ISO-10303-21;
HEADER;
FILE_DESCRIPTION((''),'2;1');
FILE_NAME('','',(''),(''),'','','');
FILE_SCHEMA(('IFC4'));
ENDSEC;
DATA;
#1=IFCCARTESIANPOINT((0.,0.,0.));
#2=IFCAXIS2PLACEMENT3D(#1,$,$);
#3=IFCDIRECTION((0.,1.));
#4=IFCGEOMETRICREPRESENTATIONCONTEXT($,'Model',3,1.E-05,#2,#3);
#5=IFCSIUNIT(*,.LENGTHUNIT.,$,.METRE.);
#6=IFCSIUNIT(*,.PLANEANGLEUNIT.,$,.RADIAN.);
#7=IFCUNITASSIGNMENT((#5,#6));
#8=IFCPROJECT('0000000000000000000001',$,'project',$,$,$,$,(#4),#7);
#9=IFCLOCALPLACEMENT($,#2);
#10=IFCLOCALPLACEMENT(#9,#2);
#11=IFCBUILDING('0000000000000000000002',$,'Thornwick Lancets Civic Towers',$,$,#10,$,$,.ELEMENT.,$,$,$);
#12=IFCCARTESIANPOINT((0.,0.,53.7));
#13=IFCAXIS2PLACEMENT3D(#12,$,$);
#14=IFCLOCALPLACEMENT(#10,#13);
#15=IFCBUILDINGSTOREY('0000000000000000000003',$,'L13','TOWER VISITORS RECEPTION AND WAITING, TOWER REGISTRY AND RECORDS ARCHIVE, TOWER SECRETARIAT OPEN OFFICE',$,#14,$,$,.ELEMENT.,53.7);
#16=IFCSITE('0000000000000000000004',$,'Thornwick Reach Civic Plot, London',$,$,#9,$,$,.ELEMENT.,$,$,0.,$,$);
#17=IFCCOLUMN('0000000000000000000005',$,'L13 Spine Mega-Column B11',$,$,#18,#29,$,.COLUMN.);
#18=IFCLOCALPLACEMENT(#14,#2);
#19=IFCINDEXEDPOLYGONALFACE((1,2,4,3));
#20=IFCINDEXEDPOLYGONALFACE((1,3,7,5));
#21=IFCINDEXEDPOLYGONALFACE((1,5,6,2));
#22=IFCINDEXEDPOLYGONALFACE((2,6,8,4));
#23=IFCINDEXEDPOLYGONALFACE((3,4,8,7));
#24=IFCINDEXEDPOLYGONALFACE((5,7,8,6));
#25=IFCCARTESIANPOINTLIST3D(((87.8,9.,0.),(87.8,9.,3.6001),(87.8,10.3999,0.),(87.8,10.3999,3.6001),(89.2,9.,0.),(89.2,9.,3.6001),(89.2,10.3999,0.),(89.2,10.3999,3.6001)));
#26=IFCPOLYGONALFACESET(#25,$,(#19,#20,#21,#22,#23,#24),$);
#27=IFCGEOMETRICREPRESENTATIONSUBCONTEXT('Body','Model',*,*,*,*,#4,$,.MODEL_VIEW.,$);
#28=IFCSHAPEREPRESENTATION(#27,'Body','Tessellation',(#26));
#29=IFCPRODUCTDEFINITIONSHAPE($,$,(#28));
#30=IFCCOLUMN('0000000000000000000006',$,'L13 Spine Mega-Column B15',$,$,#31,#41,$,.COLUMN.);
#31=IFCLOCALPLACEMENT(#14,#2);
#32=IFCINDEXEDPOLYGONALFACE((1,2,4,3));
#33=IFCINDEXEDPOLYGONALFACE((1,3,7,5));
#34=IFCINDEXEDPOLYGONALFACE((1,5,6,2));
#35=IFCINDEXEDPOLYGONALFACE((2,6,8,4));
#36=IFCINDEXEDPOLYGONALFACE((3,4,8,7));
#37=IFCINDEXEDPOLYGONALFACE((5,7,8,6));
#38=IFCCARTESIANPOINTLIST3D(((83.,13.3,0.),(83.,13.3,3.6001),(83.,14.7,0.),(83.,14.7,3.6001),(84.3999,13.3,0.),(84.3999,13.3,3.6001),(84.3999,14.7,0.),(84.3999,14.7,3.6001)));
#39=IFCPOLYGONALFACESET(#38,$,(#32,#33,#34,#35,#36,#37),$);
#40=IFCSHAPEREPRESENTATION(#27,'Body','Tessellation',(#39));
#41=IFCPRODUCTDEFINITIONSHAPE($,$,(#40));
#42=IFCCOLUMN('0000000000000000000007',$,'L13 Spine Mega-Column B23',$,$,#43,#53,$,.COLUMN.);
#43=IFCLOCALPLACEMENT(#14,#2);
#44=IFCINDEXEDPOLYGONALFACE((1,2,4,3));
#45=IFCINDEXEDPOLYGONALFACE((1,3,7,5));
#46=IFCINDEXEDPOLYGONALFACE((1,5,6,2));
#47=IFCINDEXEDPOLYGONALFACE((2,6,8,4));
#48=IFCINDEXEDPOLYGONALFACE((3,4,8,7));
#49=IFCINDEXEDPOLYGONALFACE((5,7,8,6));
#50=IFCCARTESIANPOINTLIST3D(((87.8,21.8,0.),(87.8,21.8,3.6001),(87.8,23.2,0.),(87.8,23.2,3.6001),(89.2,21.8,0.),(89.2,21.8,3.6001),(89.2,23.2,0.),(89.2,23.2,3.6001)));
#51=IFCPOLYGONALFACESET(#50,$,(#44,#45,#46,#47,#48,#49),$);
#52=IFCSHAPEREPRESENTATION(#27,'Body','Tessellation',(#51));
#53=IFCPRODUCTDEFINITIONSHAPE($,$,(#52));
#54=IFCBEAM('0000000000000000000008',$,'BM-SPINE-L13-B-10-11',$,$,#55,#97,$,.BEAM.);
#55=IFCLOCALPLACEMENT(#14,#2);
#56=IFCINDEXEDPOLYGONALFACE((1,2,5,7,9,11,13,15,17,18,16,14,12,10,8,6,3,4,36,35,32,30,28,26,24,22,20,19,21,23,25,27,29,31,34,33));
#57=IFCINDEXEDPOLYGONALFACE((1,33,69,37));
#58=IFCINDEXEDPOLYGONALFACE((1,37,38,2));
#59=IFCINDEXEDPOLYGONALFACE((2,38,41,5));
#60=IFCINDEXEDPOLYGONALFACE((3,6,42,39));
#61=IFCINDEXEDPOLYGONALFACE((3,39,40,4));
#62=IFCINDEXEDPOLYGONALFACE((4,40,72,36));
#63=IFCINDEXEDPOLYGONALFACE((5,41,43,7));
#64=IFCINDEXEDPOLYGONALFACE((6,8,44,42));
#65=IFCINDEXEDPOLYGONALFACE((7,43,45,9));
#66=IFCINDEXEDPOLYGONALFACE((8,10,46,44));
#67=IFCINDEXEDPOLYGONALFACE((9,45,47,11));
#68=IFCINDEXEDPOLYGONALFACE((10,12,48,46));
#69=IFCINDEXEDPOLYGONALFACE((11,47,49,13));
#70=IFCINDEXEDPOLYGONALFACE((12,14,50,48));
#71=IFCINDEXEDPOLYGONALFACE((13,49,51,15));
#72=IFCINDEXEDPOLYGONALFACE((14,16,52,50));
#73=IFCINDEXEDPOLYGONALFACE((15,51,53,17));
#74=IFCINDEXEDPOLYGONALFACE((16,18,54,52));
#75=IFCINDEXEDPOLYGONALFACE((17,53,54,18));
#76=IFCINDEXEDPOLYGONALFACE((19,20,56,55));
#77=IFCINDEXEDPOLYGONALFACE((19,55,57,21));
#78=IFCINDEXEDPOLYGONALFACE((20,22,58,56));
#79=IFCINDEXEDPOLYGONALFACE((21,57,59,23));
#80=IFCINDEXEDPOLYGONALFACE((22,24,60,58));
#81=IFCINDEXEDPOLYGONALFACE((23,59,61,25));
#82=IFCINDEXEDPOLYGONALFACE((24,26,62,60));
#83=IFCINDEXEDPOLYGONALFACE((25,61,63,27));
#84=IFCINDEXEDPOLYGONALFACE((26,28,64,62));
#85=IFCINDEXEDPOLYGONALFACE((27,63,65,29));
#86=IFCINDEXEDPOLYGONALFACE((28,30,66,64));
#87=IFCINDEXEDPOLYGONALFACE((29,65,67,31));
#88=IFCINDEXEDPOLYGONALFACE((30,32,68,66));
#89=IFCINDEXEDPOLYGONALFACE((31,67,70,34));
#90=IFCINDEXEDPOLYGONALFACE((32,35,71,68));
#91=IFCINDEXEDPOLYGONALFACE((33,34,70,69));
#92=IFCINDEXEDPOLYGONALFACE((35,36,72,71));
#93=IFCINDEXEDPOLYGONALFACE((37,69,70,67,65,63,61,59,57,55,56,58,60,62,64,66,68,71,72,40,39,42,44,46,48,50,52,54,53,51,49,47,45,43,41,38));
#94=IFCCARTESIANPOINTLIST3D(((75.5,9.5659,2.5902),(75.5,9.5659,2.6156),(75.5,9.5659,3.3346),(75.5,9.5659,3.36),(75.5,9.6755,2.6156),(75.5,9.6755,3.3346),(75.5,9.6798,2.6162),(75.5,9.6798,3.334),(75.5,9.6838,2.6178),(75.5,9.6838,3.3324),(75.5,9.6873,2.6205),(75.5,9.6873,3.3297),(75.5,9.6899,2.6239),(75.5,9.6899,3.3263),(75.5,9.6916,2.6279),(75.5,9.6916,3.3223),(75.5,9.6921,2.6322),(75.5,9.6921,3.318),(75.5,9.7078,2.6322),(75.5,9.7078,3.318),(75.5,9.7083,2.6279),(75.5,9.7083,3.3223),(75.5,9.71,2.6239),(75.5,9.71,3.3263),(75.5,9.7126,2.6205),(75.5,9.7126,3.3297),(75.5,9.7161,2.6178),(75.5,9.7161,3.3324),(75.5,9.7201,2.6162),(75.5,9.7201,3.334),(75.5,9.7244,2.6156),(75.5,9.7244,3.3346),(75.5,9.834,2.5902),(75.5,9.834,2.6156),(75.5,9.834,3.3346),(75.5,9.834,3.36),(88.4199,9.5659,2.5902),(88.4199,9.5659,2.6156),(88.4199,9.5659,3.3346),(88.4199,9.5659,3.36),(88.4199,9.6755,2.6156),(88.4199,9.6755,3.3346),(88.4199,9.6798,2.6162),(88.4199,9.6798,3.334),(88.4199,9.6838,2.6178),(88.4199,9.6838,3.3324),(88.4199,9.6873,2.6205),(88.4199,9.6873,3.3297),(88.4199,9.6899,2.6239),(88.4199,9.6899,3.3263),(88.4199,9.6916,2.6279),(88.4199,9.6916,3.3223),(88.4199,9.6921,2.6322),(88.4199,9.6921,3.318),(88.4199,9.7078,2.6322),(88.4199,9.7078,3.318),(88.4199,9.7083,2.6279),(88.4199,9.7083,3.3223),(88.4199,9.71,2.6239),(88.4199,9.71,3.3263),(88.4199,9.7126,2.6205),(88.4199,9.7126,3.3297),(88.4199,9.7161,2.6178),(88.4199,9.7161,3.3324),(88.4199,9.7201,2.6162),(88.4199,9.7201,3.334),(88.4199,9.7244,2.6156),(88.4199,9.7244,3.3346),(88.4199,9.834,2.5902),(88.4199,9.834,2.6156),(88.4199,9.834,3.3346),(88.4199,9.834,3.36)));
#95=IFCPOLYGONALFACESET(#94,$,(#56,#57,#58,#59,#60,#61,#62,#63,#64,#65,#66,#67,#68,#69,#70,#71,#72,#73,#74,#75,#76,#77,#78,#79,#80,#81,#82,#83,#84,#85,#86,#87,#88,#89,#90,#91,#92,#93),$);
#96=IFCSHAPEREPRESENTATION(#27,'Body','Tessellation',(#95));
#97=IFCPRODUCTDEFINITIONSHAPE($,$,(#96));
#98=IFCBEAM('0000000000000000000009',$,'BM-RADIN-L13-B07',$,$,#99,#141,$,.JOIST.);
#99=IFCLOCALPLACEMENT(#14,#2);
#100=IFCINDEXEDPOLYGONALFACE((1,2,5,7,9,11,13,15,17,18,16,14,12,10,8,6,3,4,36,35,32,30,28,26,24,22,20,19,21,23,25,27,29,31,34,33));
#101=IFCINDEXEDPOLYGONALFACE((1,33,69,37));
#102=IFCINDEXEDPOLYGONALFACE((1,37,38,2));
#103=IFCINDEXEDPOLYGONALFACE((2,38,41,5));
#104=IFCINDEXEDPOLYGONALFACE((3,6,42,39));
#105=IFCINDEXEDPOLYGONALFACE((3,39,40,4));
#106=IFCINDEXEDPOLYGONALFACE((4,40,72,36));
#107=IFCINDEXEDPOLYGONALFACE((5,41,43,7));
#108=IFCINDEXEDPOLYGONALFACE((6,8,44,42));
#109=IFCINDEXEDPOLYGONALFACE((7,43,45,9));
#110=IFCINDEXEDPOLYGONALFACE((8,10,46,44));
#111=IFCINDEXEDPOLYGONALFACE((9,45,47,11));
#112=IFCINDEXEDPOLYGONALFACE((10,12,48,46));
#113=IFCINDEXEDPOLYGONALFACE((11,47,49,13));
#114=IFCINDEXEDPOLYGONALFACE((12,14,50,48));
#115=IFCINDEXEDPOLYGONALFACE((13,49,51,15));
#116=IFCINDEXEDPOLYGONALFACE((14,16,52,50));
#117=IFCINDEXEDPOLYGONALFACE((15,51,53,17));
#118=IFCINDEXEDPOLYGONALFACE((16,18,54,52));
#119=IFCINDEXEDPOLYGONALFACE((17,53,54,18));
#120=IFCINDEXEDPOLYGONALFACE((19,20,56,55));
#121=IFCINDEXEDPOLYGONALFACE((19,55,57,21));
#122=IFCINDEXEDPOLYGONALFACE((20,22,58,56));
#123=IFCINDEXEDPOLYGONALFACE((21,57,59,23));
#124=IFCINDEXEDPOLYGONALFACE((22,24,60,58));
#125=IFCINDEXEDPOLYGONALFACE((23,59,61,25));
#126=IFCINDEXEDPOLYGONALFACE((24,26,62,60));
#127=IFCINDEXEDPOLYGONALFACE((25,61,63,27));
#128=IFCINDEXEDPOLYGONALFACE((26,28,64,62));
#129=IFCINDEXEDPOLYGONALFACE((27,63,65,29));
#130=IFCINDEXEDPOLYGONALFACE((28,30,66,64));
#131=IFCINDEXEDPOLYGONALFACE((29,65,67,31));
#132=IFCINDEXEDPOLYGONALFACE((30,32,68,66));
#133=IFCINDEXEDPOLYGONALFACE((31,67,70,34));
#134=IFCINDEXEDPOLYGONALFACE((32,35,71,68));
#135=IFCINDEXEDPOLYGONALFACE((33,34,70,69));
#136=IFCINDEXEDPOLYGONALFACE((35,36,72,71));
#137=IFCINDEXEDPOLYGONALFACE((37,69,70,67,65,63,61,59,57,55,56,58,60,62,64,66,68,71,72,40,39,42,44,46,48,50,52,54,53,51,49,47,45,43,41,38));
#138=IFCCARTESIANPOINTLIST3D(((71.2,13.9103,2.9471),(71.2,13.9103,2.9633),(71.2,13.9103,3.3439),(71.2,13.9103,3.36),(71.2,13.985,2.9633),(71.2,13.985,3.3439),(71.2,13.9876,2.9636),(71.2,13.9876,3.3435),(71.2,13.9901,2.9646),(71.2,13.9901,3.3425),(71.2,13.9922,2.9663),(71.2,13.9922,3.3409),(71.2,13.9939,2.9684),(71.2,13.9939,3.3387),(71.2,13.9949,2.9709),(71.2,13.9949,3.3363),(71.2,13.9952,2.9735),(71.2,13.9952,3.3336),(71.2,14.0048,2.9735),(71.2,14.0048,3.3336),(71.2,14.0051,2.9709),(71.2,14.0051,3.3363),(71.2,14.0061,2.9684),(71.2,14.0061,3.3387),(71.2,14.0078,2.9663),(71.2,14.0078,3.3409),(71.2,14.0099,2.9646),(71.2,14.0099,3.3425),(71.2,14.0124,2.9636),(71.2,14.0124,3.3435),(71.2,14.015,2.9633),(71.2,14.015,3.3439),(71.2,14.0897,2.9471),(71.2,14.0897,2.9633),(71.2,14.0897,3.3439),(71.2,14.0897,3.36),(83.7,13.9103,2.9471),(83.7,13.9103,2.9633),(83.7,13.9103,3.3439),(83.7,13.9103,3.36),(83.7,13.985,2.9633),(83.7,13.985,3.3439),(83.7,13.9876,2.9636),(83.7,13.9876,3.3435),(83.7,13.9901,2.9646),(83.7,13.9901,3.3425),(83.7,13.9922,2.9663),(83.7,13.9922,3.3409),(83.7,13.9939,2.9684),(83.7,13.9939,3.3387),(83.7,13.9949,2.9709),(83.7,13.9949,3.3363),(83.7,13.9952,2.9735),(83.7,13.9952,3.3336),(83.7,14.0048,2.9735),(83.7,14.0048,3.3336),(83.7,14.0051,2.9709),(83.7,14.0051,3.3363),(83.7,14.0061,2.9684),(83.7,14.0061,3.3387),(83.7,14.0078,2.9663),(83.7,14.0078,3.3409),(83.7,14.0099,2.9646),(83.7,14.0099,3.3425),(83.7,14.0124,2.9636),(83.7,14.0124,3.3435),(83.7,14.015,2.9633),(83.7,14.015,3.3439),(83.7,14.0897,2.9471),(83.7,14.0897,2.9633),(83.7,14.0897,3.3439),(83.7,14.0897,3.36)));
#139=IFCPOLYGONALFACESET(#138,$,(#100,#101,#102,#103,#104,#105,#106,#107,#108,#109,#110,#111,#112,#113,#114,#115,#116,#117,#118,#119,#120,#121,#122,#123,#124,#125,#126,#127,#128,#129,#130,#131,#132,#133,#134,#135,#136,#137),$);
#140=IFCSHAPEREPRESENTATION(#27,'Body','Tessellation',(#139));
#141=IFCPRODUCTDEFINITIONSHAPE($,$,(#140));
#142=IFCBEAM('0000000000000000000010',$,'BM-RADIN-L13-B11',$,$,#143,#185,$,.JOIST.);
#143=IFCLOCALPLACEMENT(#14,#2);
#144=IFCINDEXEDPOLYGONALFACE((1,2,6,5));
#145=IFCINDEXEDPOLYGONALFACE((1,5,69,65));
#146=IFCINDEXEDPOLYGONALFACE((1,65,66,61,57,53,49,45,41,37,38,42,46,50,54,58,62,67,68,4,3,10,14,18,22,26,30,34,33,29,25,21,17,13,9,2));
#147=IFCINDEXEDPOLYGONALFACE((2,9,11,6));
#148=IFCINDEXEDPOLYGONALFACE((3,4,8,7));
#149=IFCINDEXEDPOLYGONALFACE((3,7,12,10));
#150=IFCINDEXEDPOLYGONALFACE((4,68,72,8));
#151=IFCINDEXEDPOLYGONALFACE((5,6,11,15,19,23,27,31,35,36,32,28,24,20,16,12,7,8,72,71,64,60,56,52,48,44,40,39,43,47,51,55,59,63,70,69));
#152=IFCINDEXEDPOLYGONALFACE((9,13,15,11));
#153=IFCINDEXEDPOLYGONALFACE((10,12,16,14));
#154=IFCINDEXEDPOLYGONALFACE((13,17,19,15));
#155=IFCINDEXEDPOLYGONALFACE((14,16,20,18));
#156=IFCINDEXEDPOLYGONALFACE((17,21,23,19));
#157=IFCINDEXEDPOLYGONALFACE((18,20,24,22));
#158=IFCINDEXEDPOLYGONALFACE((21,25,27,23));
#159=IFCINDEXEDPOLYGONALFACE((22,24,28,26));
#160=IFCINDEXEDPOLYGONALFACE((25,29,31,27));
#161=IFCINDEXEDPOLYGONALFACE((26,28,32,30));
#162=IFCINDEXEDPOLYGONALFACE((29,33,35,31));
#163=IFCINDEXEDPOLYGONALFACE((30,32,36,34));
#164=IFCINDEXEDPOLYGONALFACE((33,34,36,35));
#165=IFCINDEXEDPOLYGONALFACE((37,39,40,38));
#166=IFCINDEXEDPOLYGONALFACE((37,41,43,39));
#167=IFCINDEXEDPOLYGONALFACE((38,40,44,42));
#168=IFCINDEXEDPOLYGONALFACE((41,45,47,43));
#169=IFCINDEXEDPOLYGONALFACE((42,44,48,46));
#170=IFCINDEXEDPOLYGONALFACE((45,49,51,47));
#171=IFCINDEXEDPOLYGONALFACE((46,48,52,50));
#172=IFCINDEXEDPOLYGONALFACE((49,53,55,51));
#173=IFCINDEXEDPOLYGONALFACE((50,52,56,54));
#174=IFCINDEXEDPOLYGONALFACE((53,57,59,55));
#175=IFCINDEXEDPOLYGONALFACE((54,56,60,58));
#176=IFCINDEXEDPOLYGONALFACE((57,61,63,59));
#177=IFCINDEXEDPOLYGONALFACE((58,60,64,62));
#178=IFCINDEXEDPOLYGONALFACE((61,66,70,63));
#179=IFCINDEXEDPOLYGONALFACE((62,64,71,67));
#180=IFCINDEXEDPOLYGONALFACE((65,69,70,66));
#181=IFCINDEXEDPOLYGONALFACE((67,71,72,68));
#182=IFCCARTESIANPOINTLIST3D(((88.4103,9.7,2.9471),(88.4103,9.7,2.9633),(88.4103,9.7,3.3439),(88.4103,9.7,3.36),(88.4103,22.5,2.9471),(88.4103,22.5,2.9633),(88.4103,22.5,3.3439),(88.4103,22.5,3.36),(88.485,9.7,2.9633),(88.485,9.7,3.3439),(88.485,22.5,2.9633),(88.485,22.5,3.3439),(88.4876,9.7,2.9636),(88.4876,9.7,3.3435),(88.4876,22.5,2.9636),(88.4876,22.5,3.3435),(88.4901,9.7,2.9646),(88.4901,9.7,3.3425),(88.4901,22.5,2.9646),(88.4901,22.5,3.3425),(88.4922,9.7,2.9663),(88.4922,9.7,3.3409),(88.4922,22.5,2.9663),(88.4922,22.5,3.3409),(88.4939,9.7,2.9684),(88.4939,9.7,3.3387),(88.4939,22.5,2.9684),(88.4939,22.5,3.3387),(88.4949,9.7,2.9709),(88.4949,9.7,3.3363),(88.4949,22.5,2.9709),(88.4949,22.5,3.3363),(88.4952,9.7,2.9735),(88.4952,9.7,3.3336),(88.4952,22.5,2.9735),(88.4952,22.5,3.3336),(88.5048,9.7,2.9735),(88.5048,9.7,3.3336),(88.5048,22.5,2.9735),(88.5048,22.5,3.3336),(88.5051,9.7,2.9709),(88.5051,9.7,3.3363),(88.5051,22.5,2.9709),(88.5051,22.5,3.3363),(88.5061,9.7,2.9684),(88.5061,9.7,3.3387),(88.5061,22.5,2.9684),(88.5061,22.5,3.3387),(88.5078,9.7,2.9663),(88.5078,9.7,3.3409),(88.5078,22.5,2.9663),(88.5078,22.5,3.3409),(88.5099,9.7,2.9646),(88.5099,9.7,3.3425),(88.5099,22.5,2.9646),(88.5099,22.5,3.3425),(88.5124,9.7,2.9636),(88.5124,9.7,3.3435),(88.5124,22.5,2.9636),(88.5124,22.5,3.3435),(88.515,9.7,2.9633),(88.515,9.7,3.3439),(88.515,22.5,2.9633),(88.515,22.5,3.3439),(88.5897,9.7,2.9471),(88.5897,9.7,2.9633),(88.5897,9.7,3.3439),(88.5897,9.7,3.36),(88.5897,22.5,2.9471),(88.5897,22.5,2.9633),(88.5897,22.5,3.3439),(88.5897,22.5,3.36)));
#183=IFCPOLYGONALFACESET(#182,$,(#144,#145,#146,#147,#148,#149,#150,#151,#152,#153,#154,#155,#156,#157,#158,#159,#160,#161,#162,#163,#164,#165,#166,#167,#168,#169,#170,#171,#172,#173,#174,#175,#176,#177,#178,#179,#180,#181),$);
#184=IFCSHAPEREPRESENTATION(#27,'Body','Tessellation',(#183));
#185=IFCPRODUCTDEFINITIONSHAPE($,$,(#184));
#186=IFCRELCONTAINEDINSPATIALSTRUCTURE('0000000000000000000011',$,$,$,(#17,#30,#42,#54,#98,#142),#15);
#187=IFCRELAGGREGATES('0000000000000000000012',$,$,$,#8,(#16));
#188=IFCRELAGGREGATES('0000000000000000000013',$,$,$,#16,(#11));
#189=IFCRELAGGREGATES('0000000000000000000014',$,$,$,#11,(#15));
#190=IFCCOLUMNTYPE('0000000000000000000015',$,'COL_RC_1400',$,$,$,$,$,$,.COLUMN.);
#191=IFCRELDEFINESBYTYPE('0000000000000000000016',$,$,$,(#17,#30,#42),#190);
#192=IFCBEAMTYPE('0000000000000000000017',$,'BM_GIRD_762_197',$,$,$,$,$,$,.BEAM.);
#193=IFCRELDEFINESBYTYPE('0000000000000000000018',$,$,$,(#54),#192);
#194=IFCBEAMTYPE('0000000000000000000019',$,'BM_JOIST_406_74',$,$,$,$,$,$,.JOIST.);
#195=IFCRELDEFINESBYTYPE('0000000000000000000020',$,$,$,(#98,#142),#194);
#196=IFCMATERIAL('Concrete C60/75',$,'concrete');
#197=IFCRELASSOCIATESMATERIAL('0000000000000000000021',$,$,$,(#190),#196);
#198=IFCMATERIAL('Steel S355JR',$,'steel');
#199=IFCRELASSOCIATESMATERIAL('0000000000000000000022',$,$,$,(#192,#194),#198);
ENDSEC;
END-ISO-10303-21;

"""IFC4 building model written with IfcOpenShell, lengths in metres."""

from ifc_helpers import new_model, si_unit, direction, frame, origin, origin_2d, place, context, subcontext, project, spatial, rectangle, i_section, extrude, material, material_profile, profile_set, type_object, element, save


model = new_model("IFC4")

# Units and contexts
model_context = context("Model", 3, precision=1e-05, world=origin(), true_north=direction((0.0, 1.0)))
body_context = subcontext(model_context, "Body", "Model", "MODEL_VIEW")
ifc_project = project(units=[si_unit("LENGTHUNIT", "METRE"), si_unit("PLANEANGLEUNIT", "RADIAN")], contexts=[model_context])

# Site, building, storey
site_placement = place(None, origin())
site = spatial("IfcSite", under=ifc_project, at=site_placement, Name="Thornwick Reach Civic Plot, London", CompositionType="ELEMENT", RefElevation=0.0)
building_placement = place(site_placement, origin())
building = spatial("IfcBuilding", under=site, at=building_placement, Name="Thornwick Lancets Civic Towers", CompositionType="ELEMENT")
storey_placement = place(building_placement, frame((0.0, 0.0, 53.7)))
storey = spatial("IfcBuildingStorey", under=building, at=storey_placement, Name="L13", Description="TOWER VISITORS RECEPTION AND WAITING, TOWER REGISTRY AND RECORDS ARCHIVE, TOWER SECRETARIAT OPEN OFFICE", CompositionType="ELEMENT", Elevation=53.7)

# Columns
ifc_material_1 = material(Name="Concrete C60/75", Category="concrete")
ifc_material_profile_1 = material_profile(ifc_material_1, rectangle(XDim=1.3999, YDim=1.3999, at=origin_2d()), Name="RC 1400x1400")
ifc_profile_set_1 = profile_set([ifc_material_profile_1], Name="Concrete C60/75")
column_type = type_object("IfcColumnType", Name="COL_RC_1400", PredefinedType="COLUMN", material=ifc_profile_set_1)
for number, where, z_axis, x_axis, name in (
    (1, (88.5, 9.7, 0.0), (0.0, 0.0, 1.0), (1.0, 0.0, 0.0), "L13 Spine Mega-Column B11"),
    (2, (83.7, 14.0, 0.0), (0.0, 0.0, 1.0), (1.0, 0.0, 0.0), "L13 Spine Mega-Column B15"),
    (3, (88.5, 22.5, 0.0), (0.0, 0.0, 1.0), (1.0, 0.0, 0.0), "L13 Spine Mega-Column B23"),
):
    element("IfcColumn", number, at=place(storey_placement, frame(where, z_axis=z_axis, x_axis=x_axis)), inside=storey, type_object=column_type, Name=name, PredefinedType="COLUMN", context=body_context, shape_type="SweptSolid", body=[
        extrude(rectangle(XDim=1.3999, YDim=1.3999, at=origin_2d()), origin(), (0.0, 0.0, 1.0), 3.6001),
    ])

# Beams
ifc_material_2 = material(Name="Steel S355JR", Category="steel")
ifc_material_profile_2 = material_profile(ifc_material_2, i_section(OverallWidth=0.2681, OverallDepth=0.7698, WebThickness=0.0156, FlangeThickness=0.0254, FilletRadius=0.0166, at=origin_2d()), Name="UKB 762x267x197")
ifc_profile_set_2 = profile_set([ifc_material_profile_2], Name="Steel S355JR")
beam_type_1 = type_object("IfcBeamType", Name="BM_GIRD_762_197", PredefinedType="BEAM", material=ifc_profile_set_2)
beam_1_placement = place(storey_placement, frame((88.4199, 9.7, 2.9751), z_axis=(-1.0, 0.0, 0.0), x_axis=(0.0, -1.0, 0.0)))
element("IfcBeam", 4, at=beam_1_placement, inside=storey, type_object=beam_type_1, Name="BM-SPINE-L13-B-10-11", PredefinedType="BEAM", context=body_context, shape_type="SweptSolid", body=[
    extrude(i_section(OverallWidth=0.2681, OverallDepth=0.7698, WebThickness=0.0156, FlangeThickness=0.0254, FilletRadius=0.0166, at=origin_2d()), origin(), (0.0, 0.0, 1.0), 12.9199),
])
ifc_material_profile_3 = material_profile(ifc_material_2, i_section(OverallWidth=0.1794, OverallDepth=0.4128, WebThickness=0.0095, FlangeThickness=0.0161, FilletRadius=0.0103, at=origin_2d()), Name="UKB 406x178x74")
ifc_profile_set_3 = profile_set([ifc_material_profile_3], Name="Steel S355JR")
beam_type_2 = type_object("IfcBeamType", Name="BM_JOIST_406_74", PredefinedType="JOIST", material=ifc_profile_set_3)
beam_2_placement = place(storey_placement, frame((83.7, 14.0, 3.1536), z_axis=(-1.0, 0.0, 0.0), x_axis=(0.0, -1.0, 0.0)))
element("IfcBeam", 5, at=beam_2_placement, inside=storey, type_object=beam_type_2, Name="BM-RADIN-L13-B07", PredefinedType="JOIST", context=body_context, shape_type="SweptSolid", body=[
    extrude(i_section(OverallWidth=0.1794, OverallDepth=0.4128, WebThickness=0.0095, FlangeThickness=0.0161, FilletRadius=0.0103, at=origin_2d()), origin(), (0.0, 0.0, 1.0), 12.5),
])
beam_3_placement = place(storey_placement, frame((88.5, 22.5, 3.1536), z_axis=(0.0, -1.0, 0.0), x_axis=(1.0, 0.0, 0.0)))
element("IfcBeam", 6, at=beam_3_placement, inside=storey, type_object=beam_type_2, Name="BM-RADIN-L13-B11", PredefinedType="JOIST", context=body_context, shape_type="SweptSolid", body=[
    extrude(i_section(OverallWidth=0.1794, OverallDepth=0.4128, WebThickness=0.0095, FlangeThickness=0.0161, FilletRadius=0.0103, at=origin_2d()), origin(), (0.0, 0.0, 1.0), 12.8),
])

save(model, "model.ifc")
